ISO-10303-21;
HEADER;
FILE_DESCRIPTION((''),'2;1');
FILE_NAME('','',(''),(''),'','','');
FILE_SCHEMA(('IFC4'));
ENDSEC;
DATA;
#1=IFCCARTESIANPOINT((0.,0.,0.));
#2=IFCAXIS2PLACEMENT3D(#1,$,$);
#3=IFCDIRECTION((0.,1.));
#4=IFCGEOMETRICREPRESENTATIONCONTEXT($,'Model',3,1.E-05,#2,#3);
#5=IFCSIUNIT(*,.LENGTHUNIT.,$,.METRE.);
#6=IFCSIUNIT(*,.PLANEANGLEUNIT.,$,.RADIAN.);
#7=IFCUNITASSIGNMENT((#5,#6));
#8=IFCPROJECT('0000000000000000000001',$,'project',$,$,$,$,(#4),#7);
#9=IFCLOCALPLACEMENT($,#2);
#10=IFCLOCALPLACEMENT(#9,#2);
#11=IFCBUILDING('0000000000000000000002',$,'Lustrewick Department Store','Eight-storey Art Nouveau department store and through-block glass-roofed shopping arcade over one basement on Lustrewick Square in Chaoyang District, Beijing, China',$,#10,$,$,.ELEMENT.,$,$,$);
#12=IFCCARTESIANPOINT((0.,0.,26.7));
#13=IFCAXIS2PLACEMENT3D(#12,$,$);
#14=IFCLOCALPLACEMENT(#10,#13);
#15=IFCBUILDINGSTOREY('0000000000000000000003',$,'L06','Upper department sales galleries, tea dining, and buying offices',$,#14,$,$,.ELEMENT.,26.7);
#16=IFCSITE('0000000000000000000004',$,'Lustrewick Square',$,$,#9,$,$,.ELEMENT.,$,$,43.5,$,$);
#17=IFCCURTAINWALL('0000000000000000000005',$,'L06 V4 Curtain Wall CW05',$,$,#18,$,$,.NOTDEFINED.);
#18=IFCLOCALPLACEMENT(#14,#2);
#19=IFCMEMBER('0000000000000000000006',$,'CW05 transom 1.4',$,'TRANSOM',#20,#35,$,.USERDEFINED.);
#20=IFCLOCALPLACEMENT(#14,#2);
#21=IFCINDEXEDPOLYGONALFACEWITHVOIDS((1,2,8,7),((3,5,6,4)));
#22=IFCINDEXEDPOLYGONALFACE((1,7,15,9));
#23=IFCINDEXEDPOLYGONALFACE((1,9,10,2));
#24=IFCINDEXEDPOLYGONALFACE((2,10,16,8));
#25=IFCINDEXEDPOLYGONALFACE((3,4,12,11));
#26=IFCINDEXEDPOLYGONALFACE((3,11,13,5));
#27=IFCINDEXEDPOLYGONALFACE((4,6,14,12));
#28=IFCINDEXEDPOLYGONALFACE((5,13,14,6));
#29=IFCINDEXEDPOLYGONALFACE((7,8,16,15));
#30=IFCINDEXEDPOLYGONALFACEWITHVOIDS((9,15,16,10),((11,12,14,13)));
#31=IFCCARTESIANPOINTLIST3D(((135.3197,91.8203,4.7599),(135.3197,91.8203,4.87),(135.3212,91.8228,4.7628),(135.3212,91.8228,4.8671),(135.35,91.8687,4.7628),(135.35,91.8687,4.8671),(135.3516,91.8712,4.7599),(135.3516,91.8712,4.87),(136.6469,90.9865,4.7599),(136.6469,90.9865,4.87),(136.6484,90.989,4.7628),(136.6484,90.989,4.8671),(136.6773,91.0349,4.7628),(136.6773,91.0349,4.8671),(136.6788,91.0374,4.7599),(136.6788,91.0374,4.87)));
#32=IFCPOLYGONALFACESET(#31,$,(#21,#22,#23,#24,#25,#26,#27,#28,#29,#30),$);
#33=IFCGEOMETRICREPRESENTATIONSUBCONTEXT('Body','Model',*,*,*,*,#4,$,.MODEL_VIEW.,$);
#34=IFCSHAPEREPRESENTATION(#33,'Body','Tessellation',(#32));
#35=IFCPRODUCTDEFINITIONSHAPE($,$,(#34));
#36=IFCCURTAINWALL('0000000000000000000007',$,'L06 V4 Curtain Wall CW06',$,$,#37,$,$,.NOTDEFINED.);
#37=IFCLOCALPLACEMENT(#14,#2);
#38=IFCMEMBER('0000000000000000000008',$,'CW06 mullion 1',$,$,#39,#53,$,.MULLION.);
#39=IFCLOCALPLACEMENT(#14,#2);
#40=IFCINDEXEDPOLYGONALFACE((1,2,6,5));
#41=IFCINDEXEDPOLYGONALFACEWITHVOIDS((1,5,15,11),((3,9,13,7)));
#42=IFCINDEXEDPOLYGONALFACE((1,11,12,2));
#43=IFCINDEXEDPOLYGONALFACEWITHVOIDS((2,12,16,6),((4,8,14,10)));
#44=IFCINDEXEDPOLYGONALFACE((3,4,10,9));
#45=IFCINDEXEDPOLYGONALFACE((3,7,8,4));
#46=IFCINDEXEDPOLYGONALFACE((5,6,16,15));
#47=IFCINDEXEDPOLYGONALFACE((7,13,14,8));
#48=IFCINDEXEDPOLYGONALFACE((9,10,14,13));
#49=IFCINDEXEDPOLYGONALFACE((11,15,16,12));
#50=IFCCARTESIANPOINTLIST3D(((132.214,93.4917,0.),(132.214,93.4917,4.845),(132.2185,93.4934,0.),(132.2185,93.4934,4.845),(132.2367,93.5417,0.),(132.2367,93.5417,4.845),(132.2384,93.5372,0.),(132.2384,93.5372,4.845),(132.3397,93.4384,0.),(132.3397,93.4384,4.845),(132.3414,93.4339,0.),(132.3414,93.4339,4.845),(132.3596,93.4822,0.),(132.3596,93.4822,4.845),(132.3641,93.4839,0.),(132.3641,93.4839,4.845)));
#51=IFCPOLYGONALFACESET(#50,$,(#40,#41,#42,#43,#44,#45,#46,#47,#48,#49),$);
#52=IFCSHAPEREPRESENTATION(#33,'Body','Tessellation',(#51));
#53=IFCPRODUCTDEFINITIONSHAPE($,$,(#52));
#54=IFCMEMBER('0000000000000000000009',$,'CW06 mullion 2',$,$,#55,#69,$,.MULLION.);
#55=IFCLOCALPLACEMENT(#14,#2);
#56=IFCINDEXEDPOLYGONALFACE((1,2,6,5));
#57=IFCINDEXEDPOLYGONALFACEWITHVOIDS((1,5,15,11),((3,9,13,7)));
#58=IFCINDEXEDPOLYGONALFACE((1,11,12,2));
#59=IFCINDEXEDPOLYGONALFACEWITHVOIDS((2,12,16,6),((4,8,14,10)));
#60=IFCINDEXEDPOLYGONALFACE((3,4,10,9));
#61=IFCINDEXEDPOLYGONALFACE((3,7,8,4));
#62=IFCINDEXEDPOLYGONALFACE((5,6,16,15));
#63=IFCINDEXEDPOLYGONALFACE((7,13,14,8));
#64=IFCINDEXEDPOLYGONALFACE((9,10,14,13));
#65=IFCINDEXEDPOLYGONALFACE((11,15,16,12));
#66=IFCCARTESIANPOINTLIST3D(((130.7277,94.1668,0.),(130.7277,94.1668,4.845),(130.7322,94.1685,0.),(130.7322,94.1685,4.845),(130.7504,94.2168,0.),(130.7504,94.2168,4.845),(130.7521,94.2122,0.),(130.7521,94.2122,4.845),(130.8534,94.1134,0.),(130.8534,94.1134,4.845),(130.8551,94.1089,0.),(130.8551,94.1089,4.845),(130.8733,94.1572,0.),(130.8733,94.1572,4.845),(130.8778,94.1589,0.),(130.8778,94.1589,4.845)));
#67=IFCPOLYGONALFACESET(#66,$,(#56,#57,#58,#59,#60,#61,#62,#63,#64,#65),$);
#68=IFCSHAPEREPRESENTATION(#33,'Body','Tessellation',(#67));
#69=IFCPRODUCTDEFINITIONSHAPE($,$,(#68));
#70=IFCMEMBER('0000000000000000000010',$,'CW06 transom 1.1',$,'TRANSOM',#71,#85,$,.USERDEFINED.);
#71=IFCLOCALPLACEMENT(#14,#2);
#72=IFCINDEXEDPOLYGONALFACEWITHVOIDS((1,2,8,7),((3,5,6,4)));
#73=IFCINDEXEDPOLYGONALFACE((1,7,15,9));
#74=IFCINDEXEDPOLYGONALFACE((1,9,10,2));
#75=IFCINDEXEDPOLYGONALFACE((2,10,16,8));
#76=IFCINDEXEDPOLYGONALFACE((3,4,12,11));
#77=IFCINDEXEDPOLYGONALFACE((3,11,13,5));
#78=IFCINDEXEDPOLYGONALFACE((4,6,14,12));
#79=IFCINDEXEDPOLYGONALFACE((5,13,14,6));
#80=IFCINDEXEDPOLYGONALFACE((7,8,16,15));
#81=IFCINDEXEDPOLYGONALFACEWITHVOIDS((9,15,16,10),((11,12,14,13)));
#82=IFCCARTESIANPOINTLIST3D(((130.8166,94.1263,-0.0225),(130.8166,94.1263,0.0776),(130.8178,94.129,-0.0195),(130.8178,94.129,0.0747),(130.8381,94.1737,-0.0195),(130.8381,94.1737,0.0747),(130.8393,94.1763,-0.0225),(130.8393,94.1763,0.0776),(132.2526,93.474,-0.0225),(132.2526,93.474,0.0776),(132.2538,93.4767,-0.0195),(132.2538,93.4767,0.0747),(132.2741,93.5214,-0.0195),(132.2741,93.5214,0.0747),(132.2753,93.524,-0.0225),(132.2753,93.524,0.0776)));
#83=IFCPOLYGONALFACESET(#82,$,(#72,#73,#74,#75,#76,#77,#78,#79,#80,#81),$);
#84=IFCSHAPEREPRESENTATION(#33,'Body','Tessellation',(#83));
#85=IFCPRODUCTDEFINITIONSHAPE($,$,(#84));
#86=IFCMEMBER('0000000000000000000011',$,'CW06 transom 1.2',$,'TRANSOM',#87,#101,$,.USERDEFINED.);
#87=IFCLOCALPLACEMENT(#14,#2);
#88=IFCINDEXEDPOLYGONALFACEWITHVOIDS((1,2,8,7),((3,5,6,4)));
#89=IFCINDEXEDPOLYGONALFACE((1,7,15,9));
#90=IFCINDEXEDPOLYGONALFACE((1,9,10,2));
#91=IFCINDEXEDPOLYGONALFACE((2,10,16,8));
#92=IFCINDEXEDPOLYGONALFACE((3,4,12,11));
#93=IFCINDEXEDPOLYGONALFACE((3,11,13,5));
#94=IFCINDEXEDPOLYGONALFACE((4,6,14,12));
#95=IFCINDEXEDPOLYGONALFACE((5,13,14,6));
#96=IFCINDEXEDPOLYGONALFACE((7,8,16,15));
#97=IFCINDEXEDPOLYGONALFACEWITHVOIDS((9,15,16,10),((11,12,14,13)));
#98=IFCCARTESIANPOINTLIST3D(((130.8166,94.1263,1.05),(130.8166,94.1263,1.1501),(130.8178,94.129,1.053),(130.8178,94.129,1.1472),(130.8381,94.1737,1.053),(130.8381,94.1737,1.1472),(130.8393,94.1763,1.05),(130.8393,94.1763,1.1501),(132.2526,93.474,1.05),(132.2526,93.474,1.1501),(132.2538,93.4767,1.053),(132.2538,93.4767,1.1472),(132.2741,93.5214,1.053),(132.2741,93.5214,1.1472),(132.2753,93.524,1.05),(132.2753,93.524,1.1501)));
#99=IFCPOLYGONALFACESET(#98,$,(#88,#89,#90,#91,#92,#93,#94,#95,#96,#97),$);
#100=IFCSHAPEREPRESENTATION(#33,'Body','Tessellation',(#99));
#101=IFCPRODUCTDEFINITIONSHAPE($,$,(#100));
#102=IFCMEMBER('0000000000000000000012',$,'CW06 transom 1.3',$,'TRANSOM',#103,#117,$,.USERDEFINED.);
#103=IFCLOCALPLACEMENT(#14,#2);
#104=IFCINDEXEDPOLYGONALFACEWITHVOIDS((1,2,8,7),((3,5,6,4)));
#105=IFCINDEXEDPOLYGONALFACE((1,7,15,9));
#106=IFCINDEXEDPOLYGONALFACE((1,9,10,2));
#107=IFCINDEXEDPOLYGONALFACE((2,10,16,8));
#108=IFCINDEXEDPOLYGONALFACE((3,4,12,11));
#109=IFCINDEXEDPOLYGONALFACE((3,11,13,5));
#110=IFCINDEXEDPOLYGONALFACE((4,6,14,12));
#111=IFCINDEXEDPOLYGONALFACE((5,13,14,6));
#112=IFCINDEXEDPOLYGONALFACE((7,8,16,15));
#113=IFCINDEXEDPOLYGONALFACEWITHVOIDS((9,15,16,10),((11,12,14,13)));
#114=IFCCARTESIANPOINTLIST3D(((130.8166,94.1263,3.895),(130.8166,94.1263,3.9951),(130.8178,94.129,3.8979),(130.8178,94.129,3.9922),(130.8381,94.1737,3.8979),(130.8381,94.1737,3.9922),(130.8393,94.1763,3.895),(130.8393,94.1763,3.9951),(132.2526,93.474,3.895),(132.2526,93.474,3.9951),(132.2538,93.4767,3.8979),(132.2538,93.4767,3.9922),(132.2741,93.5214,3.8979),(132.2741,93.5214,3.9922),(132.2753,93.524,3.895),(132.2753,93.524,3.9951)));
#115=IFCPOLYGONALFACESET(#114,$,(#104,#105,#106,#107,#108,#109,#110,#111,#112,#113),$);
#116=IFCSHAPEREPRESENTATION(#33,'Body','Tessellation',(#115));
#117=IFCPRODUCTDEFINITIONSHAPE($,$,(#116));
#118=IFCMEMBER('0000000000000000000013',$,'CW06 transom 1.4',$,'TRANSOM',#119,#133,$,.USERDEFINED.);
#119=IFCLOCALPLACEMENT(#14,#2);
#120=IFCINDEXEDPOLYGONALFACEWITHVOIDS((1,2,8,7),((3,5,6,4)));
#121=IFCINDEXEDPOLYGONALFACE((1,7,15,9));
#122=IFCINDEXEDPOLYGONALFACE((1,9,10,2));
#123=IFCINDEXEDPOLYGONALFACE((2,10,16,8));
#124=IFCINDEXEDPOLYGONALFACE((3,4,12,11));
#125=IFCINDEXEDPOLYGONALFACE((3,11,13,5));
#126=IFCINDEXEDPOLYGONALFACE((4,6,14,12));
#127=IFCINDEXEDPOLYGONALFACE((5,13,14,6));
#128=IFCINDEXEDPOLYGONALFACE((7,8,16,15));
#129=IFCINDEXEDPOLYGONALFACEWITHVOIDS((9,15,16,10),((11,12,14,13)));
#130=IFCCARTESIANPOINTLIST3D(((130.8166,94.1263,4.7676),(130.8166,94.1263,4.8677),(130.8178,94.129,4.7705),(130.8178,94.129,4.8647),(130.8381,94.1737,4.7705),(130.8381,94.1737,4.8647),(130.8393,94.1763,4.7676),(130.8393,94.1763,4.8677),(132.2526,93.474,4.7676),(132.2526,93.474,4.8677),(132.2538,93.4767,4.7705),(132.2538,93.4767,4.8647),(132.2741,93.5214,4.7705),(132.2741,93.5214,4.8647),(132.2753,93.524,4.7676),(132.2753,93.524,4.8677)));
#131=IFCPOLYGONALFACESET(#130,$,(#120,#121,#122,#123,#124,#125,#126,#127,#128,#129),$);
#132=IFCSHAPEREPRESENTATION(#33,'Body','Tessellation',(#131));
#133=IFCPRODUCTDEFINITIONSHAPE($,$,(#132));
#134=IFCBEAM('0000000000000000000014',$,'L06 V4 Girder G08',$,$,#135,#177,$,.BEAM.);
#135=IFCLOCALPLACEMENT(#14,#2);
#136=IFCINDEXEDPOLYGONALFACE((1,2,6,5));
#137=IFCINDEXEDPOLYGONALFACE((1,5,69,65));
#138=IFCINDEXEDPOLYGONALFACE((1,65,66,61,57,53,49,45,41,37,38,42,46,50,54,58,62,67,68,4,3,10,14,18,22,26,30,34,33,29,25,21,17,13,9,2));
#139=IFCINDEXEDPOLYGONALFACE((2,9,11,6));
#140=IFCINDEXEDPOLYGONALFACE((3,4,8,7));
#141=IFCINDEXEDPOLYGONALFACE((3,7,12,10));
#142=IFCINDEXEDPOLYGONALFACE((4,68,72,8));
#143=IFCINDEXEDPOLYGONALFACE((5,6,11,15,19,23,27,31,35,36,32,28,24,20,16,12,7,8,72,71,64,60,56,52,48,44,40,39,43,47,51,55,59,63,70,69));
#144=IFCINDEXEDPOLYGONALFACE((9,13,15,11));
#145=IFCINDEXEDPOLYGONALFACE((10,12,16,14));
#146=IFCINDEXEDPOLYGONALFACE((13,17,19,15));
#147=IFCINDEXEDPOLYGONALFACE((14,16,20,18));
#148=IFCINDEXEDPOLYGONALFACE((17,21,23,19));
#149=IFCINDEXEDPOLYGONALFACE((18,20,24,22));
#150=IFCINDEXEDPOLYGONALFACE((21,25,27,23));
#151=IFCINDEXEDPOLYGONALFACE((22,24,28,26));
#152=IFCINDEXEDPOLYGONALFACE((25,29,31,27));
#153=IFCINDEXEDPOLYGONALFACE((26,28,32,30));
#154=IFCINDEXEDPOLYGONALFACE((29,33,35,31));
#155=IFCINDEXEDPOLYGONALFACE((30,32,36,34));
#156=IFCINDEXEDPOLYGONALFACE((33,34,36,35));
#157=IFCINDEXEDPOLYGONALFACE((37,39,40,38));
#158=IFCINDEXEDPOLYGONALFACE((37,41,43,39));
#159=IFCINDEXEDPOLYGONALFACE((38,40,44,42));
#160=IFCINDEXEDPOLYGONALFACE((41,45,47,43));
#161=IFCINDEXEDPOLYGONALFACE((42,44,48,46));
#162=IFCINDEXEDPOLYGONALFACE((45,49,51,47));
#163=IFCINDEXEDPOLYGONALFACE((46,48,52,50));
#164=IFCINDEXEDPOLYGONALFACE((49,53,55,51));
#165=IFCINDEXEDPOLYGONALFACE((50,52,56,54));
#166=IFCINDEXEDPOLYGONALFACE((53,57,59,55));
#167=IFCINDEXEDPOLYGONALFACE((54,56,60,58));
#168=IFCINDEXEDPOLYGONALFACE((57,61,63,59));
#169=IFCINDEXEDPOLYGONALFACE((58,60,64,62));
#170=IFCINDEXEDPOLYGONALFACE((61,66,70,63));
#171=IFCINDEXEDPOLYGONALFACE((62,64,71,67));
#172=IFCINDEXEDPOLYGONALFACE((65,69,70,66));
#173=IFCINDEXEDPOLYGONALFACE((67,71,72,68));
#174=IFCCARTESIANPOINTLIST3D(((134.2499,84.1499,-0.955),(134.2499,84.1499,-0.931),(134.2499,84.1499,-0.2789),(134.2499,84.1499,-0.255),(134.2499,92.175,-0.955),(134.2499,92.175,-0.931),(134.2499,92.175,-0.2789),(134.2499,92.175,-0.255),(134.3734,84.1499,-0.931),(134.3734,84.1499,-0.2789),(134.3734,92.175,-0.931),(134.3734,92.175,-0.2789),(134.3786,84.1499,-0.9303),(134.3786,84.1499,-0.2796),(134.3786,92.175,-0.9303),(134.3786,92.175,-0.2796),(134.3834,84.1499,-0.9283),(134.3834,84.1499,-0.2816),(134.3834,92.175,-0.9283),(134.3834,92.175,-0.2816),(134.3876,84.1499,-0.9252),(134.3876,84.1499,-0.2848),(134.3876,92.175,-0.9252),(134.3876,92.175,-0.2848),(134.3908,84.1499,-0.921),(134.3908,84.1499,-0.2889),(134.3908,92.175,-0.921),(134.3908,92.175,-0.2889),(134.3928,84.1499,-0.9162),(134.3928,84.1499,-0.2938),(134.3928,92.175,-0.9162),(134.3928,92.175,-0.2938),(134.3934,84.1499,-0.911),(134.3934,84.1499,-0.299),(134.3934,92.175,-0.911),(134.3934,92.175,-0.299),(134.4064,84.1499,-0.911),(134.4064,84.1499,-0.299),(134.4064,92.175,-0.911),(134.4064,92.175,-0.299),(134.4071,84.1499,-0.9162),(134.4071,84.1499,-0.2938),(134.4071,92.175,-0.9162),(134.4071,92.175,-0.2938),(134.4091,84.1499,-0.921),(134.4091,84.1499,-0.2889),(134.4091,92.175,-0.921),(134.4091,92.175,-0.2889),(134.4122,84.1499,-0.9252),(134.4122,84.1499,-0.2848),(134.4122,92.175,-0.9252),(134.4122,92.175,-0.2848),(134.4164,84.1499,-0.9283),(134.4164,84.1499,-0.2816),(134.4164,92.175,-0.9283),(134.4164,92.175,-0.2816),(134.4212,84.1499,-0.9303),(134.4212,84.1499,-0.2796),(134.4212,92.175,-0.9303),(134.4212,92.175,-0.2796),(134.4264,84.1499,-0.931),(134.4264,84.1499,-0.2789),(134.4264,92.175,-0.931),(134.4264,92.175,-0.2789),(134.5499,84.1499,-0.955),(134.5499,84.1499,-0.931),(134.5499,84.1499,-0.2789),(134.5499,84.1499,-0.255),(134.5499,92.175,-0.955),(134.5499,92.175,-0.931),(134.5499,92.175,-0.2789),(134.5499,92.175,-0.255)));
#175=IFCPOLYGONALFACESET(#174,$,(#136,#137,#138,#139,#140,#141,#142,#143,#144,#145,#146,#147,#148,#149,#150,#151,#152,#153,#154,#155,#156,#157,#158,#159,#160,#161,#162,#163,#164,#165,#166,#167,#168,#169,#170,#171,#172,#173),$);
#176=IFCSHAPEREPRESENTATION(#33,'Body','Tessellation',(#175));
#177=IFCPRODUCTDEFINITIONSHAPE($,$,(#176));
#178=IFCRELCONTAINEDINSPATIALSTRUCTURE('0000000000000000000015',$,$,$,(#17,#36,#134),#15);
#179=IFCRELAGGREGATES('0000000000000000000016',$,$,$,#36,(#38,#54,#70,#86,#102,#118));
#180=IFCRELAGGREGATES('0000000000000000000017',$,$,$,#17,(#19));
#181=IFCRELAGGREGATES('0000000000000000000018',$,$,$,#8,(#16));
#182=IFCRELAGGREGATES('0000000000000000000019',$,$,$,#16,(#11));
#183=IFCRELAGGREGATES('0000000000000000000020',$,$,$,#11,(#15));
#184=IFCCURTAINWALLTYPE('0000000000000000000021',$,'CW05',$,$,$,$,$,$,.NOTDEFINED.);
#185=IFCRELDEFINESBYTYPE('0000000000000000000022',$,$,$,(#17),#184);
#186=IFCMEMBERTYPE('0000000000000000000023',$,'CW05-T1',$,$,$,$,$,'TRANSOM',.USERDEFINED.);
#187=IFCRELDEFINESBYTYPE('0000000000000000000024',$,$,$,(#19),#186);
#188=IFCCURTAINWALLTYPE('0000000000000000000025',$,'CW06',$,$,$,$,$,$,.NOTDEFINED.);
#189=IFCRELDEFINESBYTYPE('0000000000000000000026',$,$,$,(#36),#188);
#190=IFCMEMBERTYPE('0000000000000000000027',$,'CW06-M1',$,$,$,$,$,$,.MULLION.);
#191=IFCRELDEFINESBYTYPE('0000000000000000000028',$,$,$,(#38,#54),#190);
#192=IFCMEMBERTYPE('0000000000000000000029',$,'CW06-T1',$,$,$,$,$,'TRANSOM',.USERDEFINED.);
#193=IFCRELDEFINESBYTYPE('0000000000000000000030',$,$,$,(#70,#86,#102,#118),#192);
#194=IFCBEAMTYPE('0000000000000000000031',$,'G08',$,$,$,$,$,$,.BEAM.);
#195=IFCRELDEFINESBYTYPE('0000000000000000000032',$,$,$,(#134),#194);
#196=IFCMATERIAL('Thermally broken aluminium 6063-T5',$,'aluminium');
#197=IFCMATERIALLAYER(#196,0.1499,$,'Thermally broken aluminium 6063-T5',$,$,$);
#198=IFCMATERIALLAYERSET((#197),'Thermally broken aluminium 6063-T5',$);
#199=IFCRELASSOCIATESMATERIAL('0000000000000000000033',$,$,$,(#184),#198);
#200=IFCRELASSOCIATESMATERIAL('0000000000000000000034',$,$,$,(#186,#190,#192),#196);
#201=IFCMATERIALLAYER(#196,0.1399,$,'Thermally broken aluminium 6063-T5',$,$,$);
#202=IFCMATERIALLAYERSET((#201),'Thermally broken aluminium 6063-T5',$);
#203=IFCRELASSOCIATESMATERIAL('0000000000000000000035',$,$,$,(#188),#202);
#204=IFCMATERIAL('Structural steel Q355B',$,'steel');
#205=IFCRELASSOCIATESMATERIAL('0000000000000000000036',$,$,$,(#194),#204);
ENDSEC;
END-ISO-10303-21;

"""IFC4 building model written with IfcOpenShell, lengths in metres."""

from ifc_helpers import new_model, si_unit, direction, frame, origin, origin_2d, place, context, subcontext, project, spatial, hollow_rectangle, i_section, extrude, material, layer, layer_set, material_profile, profile_set, type_object, element, aggregate, save


model = new_model("IFC4")

# Units and contexts
model_context = context("Model", 3, precision=1e-05, world=origin(), true_north=direction((0.0, 1.0)))
body_context = subcontext(model_context, "Body", "Model", "MODEL_VIEW")
ifc_project = project(units=[si_unit("LENGTHUNIT", "METRE"), si_unit("PLANEANGLEUNIT", "RADIAN")], contexts=[model_context])

# Site, building, storey
site_placement = place(None, origin())
site = spatial("IfcSite", under=ifc_project, at=site_placement, Name="Lustrewick Square", CompositionType="ELEMENT", RefElevation=43.5)
building_placement = place(site_placement, origin())
building = spatial("IfcBuilding", under=site, at=building_placement, Name="Lustrewick Department Store", Description="Eight-storey Art Nouveau department store and through-block glass-roofed shopping arcade over one basement on Lustrewick Square in Chaoyang District, Beijing, China", CompositionType="ELEMENT")
storey_placement = place(building_placement, frame((0.0, 0.0, 26.7)))
storey = spatial("IfcBuildingStorey", under=building, at=storey_placement, Name="L06", Description="Upper department sales galleries, tea dining, and buying offices", CompositionType="ELEMENT", Elevation=26.7)

# Shared definitions
ifc_material_1 = material(Name="Structural steel Q355B", Category="steel")

# Curtain walls, members
ifc_material_2 = material(Name="Thermally broken aluminium 6063-T5", Category="aluminium")
ifc_layer_1 = layer(ifc_material_2, 0.1499, Name="Thermally broken aluminium 6063-T5")
ifc_layer_set_1 = layer_set([ifc_layer_1], Name="Thermally broken aluminium 6063-T5")
curtain_wall_type_1 = type_object("IfcCurtainWallType", Name="CW05", PredefinedType="NOTDEFINED", material=ifc_layer_set_1)
curtain_wall_1_placement = place(storey_placement, origin())
curtain_wall_1 = element("IfcCurtainWall", 1, at=curtain_wall_1_placement, inside=storey, type_object=curtain_wall_type_1, Name="L06 V4 Curtain Wall CW05", PredefinedType="NOTDEFINED")
ifc_material_profile_1 = material_profile(ifc_material_2, hollow_rectangle(XDim=0.0601, YDim=0.1101, WallThickness=0.0029, at=origin_2d()), Name="ALU-T 60x110x3")
ifc_profile_set_1 = profile_set([ifc_material_profile_1], Name="Thermally broken aluminium 6063-T5")
member_type_1 = type_object("IfcMemberType", Name="CW05-T1", ElementType="TRANSOM", PredefinedType="USERDEFINED", material=ifc_profile_set_1)
member_1_placement = place(storey_placement, frame((136.6628, 91.012, 4.8149), z_axis=(-0.846771, 0.531958, 0.0), x_axis=(-0.531958, -0.846771, 0.0)))
member_1 = element("IfcMember", 2, at=member_1_placement, type_object=member_type_1, Name="CW05 transom 1.4", ObjectType="TRANSOM", PredefinedType="USERDEFINED", context=body_context, shape_type="SweptSolid", body=[
    extrude(hollow_rectangle(XDim=0.0601, YDim=0.1101, WallThickness=0.0029, at=origin_2d()), origin(), (0.0, 0.0, 1.0), 1.5674),
])
ifc_layer_2 = layer(ifc_material_2, 0.1399, Name="Thermally broken aluminium 6063-T5")
ifc_layer_set_2 = layer_set([ifc_layer_2], Name="Thermally broken aluminium 6063-T5")
curtain_wall_type_2 = type_object("IfcCurtainWallType", Name="CW06", PredefinedType="NOTDEFINED", material=ifc_layer_set_2)
curtain_wall_2_placement = place(storey_placement, origin())
curtain_wall_2 = element("IfcCurtainWall", 3, at=curtain_wall_2_placement, inside=storey, type_object=curtain_wall_type_2, Name="L06 V4 Curtain Wall CW06", PredefinedType="NOTDEFINED")
ifc_material_profile_2 = material_profile(ifc_material_2, hollow_rectangle(XDim=0.0549, YDim=0.1399, WallThickness=0.0034, at=origin_2d()), Name="ALU-M 55x140x3.5")
ifc_profile_set_2 = profile_set([ifc_material_profile_2], Name="Thermally broken aluminium 6063-T5")
member_type_2 = type_object("IfcMemberType", Name="CW06-M1", PredefinedType="MULLION", material=ifc_profile_set_2)
member_2_placement = place(storey_placement, frame((132.2891, 93.4878, 0.0), z_axis=(0.0, 0.0, 1.0), x_axis=(-0.413548, -0.910482, 0.0)))
member_2 = element("IfcMember", 4, at=member_2_placement, type_object=member_type_2, Name="CW06 mullion 1", PredefinedType="MULLION", context=body_context, shape_type="SweptSolid", body=[
    extrude(hollow_rectangle(XDim=0.0549, YDim=0.1399, WallThickness=0.0034, at=origin_2d()), origin(), (0.0, 0.0, 1.0), 4.845),
])
member_3_placement = place(storey_placement, frame((130.8027, 94.1628, 0.0), z_axis=(0.0, 0.0, 1.0), x_axis=(-0.413548, -0.910482, 0.0)))
member_3 = element("IfcMember", 5, at=member_3_placement, type_object=member_type_2, Name="CW06 mullion 2", PredefinedType="MULLION", context=body_context, shape_type="SweptSolid", body=[
    extrude(hollow_rectangle(XDim=0.0549, YDim=0.1399, WallThickness=0.0034, at=origin_2d()), origin(), (0.0, 0.0, 1.0), 4.845),
])
ifc_material_profile_3 = material_profile(ifc_material_2, hollow_rectangle(XDim=0.0549, YDim=0.1001, WallThickness=0.0029, at=origin_2d()), Name="ALU-T 55x100x3")
ifc_profile_set_3 = profile_set([ifc_material_profile_3], Name="Thermally broken aluminium 6063-T5")
member_type_3 = type_object("IfcMemberType", Name="CW06-T1", ElementType="TRANSOM", PredefinedType="USERDEFINED", material=ifc_profile_set_3)
member_4_placement = place(storey_placement, frame((132.2639, 93.499, 0.0276), z_axis=(-0.910462, 0.413593, 0.0), x_axis=(-0.413593, -0.910462, 0.0)))
member_4 = element("IfcMember", 6, at=member_4_placement, type_object=member_type_3, Name="CW06 transom 1.1", ObjectType="TRANSOM", PredefinedType="USERDEFINED", context=body_context, shape_type="SweptSolid", body=[
    extrude(hollow_rectangle(XDim=0.0549, YDim=0.1001, WallThickness=0.0029, at=origin_2d()), origin(), (0.0, 0.0, 1.0), 1.5771),
])
member_5_placement = place(storey_placement, frame((132.2639, 93.499, 1.1001), z_axis=(-0.910462, 0.413593, 0.0), x_axis=(-0.413593, -0.910462, 0.0)))
member_5 = element("IfcMember", 7, at=member_5_placement, type_object=member_type_3, Name="CW06 transom 1.2", ObjectType="TRANSOM", PredefinedType="USERDEFINED", context=body_context, shape_type="SweptSolid", body=[
    extrude(hollow_rectangle(XDim=0.0549, YDim=0.1001, WallThickness=0.0029, at=origin_2d()), origin(), (0.0, 0.0, 1.0), 1.5771),
])
member_6_placement = place(storey_placement, frame((132.2639, 93.499, 3.9451), z_axis=(-0.910462, 0.413593, 0.0), x_axis=(-0.413593, -0.910462, 0.0)))
member_6 = element("IfcMember", 8, at=member_6_placement, type_object=member_type_3, Name="CW06 transom 1.3", ObjectType="TRANSOM", PredefinedType="USERDEFINED", context=body_context, shape_type="SweptSolid", body=[
    extrude(hollow_rectangle(XDim=0.0549, YDim=0.1001, WallThickness=0.0029, at=origin_2d()), origin(), (0.0, 0.0, 1.0), 1.5771),
])
member_7_placement = place(storey_placement, frame((132.2639, 93.499, 4.8176), z_axis=(-0.910462, 0.413593, 0.0), x_axis=(-0.413593, -0.910462, 0.0)))
member_7 = element("IfcMember", 9, at=member_7_placement, type_object=member_type_3, Name="CW06 transom 1.4", ObjectType="TRANSOM", PredefinedType="USERDEFINED", context=body_context, shape_type="SweptSolid", body=[
    extrude(hollow_rectangle(XDim=0.0549, YDim=0.1001, WallThickness=0.0029, at=origin_2d()), origin(), (0.0, 0.0, 1.0), 1.5771),
])

# Beam
ifc_material_profile_4 = material_profile(ifc_material_1, i_section(OverallWidth=0.3, OverallDepth=0.7, WebThickness=0.0129, FlangeThickness=0.0239, FilletRadius=0.02, at=origin_2d()), Name="HN 700x300x13x24")
ifc_profile_set_4 = profile_set([ifc_material_profile_4], Name="Structural steel Q355B")
beam_type_1 = type_object("IfcBeamType", Name="G08", PredefinedType="BEAM", material=ifc_profile_set_4)
beam_1_placement = place(storey_placement, frame((134.3999, 84.1499, -0.605), z_axis=(0.0, 1.0, 0.0), x_axis=(-1.0, 0.0, 0.0)))
element("IfcBeam", 10, at=beam_1_placement, inside=storey, type_object=beam_type_1, Name="L06 V4 Girder G08", PredefinedType="BEAM", context=body_context, shape_type="SweptSolid", body=[
    extrude(i_section(OverallWidth=0.3, OverallDepth=0.7, WebThickness=0.0129, FlangeThickness=0.0239, FilletRadius=0.02, at=origin_2d()), origin(), (0.0, 0.0, 1.0), 8.0251),
])

aggregate(curtain_wall_2, [member_2, member_3, member_4, member_5, member_6, member_7])
aggregate(curtain_wall_1, [member_1])

save(model, "model.ifc")
